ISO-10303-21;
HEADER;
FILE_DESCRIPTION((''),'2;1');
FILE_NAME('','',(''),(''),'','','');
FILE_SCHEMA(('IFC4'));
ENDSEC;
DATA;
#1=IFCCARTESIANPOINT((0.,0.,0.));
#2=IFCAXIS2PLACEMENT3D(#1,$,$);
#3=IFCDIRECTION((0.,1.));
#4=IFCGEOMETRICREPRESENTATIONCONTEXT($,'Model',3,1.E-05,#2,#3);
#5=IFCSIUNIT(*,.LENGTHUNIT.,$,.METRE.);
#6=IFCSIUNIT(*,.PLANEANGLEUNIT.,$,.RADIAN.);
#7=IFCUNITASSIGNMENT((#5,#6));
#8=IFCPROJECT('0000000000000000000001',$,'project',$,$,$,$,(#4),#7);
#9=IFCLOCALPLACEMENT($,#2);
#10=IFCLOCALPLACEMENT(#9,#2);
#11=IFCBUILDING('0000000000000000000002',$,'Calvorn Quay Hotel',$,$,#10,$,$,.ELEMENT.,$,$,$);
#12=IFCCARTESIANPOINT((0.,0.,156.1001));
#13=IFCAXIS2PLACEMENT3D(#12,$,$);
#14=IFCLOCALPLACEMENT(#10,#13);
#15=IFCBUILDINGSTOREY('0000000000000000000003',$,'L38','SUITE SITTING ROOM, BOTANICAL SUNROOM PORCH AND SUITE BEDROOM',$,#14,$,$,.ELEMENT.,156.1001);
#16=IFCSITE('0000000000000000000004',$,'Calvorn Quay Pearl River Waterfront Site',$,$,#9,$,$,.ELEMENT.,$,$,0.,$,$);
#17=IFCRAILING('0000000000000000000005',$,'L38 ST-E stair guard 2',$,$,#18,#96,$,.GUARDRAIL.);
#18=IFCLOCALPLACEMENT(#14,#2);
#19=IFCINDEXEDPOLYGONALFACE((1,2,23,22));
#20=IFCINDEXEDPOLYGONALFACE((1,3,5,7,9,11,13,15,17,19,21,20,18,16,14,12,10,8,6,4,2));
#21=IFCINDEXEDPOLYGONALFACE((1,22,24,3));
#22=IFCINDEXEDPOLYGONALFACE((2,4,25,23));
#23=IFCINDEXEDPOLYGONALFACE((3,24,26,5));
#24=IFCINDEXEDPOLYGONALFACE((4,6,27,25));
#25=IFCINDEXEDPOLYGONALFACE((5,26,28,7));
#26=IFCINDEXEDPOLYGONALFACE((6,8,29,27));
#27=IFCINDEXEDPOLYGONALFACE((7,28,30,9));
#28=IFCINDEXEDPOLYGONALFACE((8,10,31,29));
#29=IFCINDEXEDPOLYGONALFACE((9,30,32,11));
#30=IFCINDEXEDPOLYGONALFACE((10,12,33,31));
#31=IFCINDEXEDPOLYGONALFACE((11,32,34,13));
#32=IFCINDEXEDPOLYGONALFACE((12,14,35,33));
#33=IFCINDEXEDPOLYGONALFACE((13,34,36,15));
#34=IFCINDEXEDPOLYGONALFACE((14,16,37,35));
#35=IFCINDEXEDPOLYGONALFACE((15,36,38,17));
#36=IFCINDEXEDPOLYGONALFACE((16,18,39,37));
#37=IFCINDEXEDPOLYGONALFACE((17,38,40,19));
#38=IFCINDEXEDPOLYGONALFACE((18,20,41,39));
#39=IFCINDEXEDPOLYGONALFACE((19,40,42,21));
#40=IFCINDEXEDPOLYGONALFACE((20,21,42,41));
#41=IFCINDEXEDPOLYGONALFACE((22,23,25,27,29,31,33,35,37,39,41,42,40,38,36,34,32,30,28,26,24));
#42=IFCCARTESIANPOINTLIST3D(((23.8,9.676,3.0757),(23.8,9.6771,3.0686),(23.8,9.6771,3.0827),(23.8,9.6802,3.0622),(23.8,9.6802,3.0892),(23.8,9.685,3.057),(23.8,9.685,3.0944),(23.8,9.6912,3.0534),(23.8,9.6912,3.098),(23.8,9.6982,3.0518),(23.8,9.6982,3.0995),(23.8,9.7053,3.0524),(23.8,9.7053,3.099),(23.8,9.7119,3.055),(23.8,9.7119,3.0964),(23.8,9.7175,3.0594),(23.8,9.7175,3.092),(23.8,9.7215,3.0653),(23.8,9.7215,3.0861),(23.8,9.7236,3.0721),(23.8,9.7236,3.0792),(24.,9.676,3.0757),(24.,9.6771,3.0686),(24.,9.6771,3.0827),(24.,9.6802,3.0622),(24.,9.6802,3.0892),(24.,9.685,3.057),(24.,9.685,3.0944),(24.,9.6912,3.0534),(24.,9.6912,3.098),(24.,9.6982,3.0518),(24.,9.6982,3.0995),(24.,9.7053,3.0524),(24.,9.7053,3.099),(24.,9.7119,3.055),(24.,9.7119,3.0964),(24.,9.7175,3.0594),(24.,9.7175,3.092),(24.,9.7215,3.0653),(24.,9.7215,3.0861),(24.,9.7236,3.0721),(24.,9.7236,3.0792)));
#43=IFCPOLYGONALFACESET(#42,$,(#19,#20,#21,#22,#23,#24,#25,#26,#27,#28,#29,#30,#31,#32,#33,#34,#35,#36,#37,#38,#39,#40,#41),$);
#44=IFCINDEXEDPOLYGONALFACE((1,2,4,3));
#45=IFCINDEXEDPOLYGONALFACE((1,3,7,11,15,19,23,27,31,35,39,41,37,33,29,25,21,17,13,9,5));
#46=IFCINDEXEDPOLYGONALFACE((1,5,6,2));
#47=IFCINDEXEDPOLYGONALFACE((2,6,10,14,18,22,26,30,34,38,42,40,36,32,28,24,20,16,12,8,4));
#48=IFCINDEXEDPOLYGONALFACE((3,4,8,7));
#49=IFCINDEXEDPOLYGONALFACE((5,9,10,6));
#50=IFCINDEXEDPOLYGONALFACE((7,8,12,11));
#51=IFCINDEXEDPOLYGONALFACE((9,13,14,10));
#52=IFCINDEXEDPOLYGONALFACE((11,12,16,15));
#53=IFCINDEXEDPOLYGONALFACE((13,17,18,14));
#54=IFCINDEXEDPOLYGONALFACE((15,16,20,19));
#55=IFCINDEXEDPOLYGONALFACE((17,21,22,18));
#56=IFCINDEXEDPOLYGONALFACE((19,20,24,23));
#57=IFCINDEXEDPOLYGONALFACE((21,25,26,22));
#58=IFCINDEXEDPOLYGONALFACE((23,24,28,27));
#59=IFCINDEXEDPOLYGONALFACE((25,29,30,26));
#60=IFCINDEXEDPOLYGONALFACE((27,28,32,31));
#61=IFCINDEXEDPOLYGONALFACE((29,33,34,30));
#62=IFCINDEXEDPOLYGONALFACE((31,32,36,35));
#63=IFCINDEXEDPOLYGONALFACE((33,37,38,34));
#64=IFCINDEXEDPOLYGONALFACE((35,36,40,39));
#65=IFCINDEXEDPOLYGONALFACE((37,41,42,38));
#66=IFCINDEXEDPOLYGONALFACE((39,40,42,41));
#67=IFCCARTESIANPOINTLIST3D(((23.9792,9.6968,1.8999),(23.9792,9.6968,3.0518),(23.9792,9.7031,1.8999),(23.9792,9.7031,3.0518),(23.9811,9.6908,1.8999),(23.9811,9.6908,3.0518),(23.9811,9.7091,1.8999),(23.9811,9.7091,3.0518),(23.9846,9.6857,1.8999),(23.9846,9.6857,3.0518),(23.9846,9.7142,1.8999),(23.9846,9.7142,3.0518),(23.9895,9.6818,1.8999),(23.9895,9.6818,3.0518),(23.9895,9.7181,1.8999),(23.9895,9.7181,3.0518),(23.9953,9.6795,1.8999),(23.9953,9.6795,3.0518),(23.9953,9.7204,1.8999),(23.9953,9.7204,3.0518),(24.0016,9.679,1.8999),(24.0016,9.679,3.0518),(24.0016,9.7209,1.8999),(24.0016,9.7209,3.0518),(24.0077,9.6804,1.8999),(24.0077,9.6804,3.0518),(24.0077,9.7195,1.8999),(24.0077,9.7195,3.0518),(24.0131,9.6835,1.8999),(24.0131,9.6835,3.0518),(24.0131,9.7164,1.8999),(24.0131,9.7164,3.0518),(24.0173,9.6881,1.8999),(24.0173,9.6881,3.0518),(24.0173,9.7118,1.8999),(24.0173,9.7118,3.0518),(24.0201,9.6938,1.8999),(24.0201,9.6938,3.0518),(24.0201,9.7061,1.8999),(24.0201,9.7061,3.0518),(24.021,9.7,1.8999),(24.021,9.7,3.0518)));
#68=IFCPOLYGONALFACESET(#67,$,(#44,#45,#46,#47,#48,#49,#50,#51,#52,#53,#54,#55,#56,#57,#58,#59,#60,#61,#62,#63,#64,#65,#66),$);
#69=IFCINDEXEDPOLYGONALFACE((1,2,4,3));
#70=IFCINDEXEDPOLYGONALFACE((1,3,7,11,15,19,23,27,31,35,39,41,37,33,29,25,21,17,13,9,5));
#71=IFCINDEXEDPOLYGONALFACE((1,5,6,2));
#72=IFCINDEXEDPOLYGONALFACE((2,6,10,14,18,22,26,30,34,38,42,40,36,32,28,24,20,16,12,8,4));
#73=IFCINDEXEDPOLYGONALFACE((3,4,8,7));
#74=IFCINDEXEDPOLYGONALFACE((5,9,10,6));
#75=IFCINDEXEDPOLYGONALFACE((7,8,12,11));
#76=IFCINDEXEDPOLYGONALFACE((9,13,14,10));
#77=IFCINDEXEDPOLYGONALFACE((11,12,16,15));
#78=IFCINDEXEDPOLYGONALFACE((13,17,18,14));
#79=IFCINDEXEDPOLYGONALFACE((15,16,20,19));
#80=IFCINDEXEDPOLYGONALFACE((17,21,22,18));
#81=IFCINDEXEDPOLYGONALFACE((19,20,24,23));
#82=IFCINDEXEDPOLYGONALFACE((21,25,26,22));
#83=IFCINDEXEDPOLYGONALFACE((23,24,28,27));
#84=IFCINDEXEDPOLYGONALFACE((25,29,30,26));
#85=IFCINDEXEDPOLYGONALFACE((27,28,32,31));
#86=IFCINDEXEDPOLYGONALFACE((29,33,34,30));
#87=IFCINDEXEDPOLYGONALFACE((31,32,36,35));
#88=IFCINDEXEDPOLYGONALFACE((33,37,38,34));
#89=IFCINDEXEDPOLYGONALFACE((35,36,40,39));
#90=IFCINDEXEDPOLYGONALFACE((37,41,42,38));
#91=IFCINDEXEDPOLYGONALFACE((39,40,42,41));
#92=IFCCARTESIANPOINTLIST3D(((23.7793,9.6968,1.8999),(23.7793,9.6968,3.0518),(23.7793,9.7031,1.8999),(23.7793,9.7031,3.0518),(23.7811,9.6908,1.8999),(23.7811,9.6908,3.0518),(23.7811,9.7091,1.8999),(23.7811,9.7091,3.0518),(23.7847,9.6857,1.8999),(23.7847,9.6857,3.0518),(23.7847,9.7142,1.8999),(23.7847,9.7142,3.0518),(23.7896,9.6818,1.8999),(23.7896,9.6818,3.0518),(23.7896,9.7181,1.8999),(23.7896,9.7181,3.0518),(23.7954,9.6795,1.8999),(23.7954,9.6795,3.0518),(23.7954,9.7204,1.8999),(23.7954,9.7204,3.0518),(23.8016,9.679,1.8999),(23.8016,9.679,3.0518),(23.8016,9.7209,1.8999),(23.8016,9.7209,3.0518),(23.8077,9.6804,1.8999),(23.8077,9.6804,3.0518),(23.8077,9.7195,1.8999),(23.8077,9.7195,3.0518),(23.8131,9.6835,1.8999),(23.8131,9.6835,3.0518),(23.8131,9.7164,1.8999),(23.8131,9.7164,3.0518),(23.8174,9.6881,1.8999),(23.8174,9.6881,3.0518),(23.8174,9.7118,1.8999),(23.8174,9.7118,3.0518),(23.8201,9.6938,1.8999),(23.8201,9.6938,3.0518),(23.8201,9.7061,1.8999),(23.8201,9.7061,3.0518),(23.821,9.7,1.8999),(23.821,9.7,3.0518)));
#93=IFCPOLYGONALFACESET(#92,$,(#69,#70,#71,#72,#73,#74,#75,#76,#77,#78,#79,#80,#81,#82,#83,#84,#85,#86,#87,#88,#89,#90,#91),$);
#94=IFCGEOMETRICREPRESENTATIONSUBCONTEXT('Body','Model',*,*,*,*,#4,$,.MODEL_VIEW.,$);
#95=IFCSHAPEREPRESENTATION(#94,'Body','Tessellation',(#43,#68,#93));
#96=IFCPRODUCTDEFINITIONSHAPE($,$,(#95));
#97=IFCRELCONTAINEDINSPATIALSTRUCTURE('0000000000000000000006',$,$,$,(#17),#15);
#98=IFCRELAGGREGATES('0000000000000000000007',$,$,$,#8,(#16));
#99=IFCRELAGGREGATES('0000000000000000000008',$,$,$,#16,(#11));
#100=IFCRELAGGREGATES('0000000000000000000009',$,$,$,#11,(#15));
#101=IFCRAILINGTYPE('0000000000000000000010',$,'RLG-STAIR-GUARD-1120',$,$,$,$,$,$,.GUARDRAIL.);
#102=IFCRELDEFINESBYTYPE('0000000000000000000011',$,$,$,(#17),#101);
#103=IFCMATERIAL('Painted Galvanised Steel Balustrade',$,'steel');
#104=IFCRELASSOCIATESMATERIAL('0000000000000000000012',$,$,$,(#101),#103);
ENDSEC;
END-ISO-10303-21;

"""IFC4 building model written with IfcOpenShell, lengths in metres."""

from ifc_helpers import new_model, si_unit, direction, frame, origin, origin_2d, place, context, subcontext, project, spatial, circle, extrude, material, type_object, element, save


model = new_model("IFC4")

# Units and contexts
model_context = context("Model", 3, precision=1e-05, world=origin(), true_north=direction((0.0, 1.0)))
body_context = subcontext(model_context, "Body", "Model", "MODEL_VIEW")
ifc_project = project(units=[si_unit("LENGTHUNIT", "METRE"), si_unit("PLANEANGLEUNIT", "RADIAN")], contexts=[model_context])

# Site, building, storey
site_placement = place(None, origin())
site = spatial("IfcSite", under=ifc_project, at=site_placement, Name="Calvorn Quay Pearl River Waterfront Site", CompositionType="ELEMENT", RefElevation=0.0)
building_placement = place(site_placement, origin())
building = spatial("IfcBuilding", under=site, at=building_placement, Name="Calvorn Quay Hotel", CompositionType="ELEMENT")
storey_placement = place(building_placement, frame((0.0, 0.0, 156.1001)))
storey = spatial("IfcBuildingStorey", under=building, at=storey_placement, Name="L38", Description="SUITE SITTING ROOM, BOTANICAL SUNROOM PORCH AND SUITE BEDROOM", CompositionType="ELEMENT", Elevation=156.1001)

# Railing
ifc_material_1 = material(Name="Painted Galvanised Steel Balustrade", Category="steel")
railing_type = type_object("IfcRailingType", Name="RLG-STAIR-GUARD-1120", PredefinedType="GUARDRAIL", material=ifc_material_1)
railing_placement = place(storey_placement, frame((24.0, 9.7, 1.8999)))
element("IfcRailing", 1, at=railing_placement, inside=storey, type_object=railing_type, Name="L38 ST-E stair guard 2", PredefinedType="GUARDRAIL", context=body_context, shape_type="SweptSolid", body=[
    extrude(circle(Radius=0.0239, at=origin_2d()), frame((0.0, 0.0, 1.1758), z_axis=(-1.0, 0.0, 0.0), x_axis=(0.0, -1.0, 0.0)), (0.0, 0.0, 1.0), 0.2),
    extrude(circle(Radius=0.021, at=origin_2d()), origin(), (0.0, 0.0, 1.0), 1.1519),
    extrude(circle(Radius=0.021, at=origin_2d()), frame((-0.2, 0.0, 0.0)), (0.0, 0.0, 1.0), 1.1519),
])

save(model, "model.ifc")
